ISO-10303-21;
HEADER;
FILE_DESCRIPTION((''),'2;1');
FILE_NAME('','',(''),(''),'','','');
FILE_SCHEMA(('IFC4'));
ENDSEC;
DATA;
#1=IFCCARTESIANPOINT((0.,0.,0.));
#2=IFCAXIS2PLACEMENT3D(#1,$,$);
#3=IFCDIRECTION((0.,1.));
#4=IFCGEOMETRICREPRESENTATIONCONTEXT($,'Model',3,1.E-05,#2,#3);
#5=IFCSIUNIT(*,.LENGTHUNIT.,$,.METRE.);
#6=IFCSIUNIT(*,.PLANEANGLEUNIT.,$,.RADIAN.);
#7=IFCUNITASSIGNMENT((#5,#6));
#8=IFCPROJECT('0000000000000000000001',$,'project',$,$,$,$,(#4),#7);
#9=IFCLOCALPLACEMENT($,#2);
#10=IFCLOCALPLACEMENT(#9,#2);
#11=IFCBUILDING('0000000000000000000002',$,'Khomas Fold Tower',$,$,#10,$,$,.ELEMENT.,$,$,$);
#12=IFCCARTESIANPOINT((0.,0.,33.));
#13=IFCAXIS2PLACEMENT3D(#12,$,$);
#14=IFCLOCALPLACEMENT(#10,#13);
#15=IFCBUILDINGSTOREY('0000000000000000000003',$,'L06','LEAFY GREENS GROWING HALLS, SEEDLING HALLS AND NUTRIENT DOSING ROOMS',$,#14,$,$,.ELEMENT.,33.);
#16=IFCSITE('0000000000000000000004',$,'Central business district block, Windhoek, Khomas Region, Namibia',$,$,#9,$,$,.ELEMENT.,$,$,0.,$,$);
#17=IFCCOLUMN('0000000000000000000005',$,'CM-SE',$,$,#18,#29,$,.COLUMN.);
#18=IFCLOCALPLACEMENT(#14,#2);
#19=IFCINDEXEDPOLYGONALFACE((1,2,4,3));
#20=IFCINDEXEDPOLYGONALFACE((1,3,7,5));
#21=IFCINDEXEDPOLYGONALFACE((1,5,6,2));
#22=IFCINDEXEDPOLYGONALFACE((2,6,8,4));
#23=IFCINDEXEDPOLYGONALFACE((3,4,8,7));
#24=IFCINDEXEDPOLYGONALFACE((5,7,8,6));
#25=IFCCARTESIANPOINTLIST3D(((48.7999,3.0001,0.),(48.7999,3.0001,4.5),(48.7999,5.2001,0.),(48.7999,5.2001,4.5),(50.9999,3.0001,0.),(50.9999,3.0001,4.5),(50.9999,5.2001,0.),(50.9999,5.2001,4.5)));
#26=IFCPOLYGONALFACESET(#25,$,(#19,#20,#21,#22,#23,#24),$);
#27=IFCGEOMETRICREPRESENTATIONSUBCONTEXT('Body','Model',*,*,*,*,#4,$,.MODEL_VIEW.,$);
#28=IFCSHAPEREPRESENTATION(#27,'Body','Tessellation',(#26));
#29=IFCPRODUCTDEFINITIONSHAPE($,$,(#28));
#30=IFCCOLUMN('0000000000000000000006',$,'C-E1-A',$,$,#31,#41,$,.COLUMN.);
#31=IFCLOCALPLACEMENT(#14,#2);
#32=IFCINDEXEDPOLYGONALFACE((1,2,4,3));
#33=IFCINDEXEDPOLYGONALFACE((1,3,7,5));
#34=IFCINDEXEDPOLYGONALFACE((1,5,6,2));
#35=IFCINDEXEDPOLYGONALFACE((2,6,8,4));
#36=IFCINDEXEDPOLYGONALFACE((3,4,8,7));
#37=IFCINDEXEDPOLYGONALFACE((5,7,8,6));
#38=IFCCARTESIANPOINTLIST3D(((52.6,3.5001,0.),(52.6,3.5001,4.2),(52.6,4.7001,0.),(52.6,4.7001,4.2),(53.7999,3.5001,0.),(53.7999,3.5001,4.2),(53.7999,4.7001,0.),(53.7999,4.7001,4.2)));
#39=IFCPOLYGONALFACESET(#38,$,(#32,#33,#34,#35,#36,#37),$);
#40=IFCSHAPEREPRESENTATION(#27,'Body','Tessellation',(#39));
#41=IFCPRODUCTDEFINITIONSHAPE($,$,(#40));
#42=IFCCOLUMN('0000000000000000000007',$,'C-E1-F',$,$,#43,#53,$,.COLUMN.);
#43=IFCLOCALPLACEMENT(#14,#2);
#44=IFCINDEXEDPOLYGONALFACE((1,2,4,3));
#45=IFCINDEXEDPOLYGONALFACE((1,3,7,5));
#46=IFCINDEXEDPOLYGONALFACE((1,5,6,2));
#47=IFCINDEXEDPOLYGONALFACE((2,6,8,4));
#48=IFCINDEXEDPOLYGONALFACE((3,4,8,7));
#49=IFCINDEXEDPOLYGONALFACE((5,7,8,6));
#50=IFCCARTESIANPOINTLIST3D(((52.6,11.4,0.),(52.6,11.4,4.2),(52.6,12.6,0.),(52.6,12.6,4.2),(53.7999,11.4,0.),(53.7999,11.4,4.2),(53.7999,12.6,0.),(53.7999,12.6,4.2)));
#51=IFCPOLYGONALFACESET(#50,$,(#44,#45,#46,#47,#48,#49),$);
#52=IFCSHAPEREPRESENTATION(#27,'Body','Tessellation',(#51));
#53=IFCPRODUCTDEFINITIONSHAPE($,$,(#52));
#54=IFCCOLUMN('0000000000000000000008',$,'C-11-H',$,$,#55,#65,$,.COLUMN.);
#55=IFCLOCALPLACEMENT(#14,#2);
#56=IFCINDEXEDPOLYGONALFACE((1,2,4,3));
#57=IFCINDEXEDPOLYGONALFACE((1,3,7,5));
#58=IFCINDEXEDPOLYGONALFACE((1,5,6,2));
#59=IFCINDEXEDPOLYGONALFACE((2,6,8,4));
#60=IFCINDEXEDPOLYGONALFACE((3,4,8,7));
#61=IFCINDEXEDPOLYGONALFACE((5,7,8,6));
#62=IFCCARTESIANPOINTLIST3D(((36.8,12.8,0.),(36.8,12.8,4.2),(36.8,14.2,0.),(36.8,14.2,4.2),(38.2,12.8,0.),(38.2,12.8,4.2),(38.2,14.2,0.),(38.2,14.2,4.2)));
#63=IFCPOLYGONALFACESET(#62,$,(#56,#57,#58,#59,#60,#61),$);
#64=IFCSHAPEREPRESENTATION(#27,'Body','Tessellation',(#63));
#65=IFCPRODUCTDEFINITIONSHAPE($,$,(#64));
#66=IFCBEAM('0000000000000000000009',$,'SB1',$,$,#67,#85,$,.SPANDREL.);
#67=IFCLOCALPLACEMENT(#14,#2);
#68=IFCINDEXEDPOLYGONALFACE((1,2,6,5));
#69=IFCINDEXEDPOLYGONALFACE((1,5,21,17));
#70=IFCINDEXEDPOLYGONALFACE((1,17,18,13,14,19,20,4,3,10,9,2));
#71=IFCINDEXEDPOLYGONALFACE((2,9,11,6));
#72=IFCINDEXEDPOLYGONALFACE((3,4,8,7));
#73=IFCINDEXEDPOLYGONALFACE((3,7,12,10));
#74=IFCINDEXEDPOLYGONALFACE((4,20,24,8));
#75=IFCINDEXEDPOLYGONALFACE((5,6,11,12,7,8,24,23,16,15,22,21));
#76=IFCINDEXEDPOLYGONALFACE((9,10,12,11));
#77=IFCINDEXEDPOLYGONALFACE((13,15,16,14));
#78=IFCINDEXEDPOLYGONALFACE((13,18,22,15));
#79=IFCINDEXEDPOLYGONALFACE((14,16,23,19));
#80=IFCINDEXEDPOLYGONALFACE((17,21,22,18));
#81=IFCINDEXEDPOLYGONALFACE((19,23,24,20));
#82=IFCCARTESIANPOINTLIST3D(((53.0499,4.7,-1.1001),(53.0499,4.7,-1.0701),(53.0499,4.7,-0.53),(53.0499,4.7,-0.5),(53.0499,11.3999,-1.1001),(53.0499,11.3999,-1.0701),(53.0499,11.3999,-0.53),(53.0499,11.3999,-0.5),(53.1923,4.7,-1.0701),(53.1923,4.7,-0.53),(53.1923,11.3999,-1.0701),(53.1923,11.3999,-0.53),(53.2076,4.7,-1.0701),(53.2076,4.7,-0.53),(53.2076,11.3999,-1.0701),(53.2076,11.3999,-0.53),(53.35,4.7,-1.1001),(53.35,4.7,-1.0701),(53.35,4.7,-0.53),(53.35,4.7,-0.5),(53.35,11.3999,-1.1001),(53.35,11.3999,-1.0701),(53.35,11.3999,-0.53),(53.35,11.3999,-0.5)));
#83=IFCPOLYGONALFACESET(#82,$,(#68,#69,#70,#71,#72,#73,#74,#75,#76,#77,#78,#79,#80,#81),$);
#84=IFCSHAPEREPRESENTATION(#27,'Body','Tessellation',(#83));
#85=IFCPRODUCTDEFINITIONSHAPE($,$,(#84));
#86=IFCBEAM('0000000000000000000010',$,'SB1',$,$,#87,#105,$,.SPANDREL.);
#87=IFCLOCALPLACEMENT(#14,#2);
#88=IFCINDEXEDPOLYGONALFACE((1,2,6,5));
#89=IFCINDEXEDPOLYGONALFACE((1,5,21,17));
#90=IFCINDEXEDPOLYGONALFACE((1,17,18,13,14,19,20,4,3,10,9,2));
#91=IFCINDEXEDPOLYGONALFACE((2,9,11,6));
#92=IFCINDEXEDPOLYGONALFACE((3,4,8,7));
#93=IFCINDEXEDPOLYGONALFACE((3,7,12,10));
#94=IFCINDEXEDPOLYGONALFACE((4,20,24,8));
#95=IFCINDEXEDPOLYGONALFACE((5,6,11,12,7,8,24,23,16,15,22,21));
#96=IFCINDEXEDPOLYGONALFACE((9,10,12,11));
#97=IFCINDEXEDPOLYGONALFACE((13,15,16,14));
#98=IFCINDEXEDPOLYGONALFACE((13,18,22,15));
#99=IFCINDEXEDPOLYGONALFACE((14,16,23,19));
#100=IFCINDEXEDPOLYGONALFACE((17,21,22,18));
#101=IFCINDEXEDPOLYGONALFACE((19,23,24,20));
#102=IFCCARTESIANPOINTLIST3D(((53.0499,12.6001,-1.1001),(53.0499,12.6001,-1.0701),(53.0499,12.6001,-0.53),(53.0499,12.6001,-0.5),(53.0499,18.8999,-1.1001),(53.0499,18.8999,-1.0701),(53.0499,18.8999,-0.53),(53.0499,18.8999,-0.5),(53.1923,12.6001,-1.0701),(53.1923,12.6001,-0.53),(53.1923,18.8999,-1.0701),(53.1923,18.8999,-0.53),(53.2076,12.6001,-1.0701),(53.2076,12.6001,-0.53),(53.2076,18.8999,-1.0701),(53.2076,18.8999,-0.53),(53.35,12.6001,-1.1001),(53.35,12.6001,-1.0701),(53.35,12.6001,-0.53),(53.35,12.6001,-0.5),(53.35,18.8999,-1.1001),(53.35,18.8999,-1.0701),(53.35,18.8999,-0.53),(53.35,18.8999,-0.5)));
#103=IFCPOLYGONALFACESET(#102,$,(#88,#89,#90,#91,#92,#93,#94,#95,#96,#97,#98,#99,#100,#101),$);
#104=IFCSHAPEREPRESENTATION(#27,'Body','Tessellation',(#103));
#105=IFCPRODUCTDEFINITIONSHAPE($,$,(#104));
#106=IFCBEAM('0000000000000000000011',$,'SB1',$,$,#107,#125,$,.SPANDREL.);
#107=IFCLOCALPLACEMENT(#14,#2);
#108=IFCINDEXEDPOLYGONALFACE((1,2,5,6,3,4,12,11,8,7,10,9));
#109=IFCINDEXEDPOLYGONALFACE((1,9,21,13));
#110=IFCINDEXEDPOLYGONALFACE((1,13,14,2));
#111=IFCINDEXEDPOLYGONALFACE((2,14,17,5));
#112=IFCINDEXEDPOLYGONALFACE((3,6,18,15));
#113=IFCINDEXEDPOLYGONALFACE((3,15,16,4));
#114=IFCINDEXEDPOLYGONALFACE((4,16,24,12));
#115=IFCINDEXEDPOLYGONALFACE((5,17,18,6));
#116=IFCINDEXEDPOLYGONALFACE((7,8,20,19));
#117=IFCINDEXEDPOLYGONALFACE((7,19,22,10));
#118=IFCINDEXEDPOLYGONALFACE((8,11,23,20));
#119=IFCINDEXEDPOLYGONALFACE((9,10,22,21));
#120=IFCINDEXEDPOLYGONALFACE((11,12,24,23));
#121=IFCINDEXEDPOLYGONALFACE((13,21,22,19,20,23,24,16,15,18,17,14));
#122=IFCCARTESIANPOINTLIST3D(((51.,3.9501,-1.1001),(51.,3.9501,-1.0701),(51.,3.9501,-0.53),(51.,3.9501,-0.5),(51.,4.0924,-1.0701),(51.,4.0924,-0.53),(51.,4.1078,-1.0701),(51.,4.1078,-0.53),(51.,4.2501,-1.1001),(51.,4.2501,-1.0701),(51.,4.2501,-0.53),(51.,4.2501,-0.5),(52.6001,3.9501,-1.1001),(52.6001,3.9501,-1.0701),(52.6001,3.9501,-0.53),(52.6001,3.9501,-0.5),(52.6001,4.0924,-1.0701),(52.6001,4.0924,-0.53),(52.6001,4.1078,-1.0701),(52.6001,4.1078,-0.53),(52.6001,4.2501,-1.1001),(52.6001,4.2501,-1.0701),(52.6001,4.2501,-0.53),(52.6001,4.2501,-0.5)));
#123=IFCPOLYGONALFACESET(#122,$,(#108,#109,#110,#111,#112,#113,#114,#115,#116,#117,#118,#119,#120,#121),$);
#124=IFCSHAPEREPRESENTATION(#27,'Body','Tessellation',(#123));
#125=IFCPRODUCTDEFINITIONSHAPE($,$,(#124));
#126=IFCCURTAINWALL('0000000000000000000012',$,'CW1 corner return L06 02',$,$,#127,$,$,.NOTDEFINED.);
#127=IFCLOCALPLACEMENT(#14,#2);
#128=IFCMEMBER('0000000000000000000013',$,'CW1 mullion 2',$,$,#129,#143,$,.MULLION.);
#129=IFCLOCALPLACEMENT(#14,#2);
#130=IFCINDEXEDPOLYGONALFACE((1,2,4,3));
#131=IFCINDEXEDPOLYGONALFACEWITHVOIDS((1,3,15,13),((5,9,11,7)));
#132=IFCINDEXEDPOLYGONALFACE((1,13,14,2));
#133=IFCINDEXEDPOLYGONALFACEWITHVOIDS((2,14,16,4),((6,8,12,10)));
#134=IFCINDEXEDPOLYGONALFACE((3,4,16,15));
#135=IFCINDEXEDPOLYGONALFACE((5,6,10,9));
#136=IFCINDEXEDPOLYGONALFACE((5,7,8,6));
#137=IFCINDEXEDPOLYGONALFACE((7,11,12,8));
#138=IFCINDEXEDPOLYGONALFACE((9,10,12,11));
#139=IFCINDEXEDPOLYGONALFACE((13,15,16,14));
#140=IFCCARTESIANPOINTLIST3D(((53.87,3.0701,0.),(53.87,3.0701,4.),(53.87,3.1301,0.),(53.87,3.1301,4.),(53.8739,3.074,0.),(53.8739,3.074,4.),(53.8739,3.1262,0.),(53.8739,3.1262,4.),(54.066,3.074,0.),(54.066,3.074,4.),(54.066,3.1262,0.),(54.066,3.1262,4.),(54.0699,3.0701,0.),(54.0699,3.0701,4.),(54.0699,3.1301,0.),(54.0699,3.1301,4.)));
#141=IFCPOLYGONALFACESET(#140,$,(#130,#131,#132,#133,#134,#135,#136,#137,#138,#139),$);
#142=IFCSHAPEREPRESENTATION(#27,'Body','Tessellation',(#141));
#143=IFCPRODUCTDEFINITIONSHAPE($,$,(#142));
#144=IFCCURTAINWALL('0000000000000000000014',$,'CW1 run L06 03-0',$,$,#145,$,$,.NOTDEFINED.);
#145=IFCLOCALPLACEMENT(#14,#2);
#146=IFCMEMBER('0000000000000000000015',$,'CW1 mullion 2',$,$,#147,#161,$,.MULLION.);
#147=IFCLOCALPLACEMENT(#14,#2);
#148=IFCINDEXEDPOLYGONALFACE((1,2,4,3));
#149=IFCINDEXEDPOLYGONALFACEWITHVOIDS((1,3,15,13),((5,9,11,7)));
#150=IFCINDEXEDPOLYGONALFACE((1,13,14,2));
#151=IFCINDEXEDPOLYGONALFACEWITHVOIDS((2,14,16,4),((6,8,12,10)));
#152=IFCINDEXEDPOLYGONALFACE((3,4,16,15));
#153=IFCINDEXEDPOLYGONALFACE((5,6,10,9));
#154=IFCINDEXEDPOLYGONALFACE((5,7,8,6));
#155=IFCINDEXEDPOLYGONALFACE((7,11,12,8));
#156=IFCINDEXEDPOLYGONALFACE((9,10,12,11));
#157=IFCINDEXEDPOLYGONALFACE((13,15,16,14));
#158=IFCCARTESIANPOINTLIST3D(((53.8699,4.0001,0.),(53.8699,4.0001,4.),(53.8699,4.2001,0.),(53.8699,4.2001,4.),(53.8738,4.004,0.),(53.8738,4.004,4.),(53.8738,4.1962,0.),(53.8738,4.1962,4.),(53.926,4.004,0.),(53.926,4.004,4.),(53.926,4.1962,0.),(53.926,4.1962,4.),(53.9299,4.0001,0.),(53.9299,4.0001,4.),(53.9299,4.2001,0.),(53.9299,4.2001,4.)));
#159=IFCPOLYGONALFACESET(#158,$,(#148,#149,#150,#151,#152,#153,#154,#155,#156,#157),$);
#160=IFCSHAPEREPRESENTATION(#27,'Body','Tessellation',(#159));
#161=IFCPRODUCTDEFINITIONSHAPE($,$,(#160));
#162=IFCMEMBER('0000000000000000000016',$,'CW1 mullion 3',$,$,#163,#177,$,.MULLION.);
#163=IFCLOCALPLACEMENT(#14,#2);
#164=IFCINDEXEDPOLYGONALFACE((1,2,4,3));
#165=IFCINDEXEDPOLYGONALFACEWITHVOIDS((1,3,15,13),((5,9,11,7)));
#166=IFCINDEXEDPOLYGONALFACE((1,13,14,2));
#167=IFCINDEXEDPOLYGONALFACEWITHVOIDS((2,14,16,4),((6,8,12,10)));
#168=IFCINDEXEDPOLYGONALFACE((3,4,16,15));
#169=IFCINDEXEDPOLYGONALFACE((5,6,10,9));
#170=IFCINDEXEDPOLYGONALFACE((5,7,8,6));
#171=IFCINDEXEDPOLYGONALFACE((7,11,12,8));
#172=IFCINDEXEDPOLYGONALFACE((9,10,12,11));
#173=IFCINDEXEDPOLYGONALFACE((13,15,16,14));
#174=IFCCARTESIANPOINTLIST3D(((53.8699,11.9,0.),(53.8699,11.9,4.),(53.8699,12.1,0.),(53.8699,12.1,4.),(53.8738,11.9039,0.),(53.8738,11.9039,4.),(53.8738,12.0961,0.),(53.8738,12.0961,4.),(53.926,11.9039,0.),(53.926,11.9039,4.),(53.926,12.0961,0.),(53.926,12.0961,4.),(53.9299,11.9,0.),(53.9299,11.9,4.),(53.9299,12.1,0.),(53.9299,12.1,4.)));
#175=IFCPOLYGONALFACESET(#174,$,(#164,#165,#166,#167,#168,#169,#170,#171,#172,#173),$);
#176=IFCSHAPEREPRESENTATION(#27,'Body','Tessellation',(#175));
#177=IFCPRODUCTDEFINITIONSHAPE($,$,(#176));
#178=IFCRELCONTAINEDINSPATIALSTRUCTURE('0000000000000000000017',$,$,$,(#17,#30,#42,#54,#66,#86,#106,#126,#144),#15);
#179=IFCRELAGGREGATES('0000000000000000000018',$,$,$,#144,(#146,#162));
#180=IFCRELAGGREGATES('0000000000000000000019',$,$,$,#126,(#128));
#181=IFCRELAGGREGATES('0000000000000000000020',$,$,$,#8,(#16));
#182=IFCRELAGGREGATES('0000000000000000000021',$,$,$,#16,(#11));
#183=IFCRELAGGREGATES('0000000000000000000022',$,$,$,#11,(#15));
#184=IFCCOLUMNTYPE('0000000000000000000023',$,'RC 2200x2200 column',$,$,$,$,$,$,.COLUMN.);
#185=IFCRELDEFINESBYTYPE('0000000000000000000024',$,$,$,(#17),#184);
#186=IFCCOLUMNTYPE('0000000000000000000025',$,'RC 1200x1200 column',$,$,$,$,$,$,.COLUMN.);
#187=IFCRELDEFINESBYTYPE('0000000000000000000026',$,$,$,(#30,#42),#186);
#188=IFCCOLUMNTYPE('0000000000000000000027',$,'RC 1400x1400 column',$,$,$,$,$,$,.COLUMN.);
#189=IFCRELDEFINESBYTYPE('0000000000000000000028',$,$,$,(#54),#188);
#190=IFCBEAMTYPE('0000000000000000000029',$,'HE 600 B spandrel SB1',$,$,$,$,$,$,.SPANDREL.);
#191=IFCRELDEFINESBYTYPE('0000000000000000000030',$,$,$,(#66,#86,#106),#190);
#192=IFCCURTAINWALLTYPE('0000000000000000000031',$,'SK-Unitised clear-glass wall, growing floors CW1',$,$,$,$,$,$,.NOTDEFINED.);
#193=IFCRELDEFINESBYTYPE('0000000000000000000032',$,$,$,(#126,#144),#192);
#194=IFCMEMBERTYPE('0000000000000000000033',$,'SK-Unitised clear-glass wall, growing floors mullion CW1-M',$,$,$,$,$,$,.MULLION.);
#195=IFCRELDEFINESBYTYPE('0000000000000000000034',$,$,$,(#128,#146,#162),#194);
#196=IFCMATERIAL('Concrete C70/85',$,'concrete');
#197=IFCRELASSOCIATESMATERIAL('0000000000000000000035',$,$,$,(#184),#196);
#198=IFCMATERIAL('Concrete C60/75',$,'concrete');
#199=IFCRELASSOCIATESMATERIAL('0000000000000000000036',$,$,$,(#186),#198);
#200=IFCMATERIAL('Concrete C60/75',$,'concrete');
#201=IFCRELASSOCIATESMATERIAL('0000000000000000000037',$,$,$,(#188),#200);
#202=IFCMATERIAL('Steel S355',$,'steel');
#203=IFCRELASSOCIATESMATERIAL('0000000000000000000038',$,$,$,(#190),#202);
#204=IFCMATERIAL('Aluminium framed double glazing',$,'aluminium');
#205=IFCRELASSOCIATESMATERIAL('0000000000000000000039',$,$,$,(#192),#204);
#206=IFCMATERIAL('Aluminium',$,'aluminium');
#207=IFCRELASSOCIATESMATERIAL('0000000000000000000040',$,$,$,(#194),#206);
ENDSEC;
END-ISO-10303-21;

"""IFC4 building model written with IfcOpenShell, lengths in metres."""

from ifc_helpers import new_model, si_unit, direction, frame, origin, origin_2d, place, context, subcontext, project, spatial, rectangle, hollow_rectangle, i_section, extrude, source, transform, mapped, material, material_profile, profile_set, type_object, element, aggregate, save


model = new_model("IFC4")

# Units and contexts
model_context = context("Model", 3, precision=1e-05, world=origin(), true_north=direction((0.0, 1.0)))
body_context = subcontext(model_context, "Body", "Model", "MODEL_VIEW")
ifc_project = project(units=[si_unit("LENGTHUNIT", "METRE"), si_unit("PLANEANGLEUNIT", "RADIAN")], contexts=[model_context])

# Site, building, storey
site_placement = place(None, origin())
site = spatial("IfcSite", under=ifc_project, at=site_placement, Name="Central business district block, Windhoek, Khomas Region, Namibia", CompositionType="ELEMENT", RefElevation=0.0)
building_placement = place(site_placement, origin())
building = spatial("IfcBuilding", under=site, at=building_placement, Name="Khomas Fold Tower", CompositionType="ELEMENT")
storey_placement = place(building_placement, frame((0.0, 0.0, 33.0)))
storey = spatial("IfcBuildingStorey", under=building, at=storey_placement, Name="L06", Description="LEAFY GREENS GROWING HALLS, SEEDLING HALLS AND NUTRIENT DOSING ROOMS", CompositionType="ELEMENT", Elevation=33.0)

# Columns
ifc_material_1 = material(Name="Concrete C70/85", Category="concrete")
ifc_material_profile_1 = material_profile(ifc_material_1, rectangle(XDim=2.2, YDim=2.2, at=origin_2d()), Name="RC 2200x2200")
ifc_profile_set_1 = profile_set([ifc_material_profile_1], Name="Concrete C70/85")
column_type_1 = type_object("IfcColumnType", Name="RC 2200x2200 column", PredefinedType="COLUMN", material=ifc_profile_set_1)
shared_shape_1 = source(origin(), body_context, "Body", "SweptSolid", [
    extrude(rectangle(XDim=2.2, YDim=2.2, at=origin_2d()), origin(), (0.0, 0.0, 1.0), 4.5),
])
column_1_placement = place(storey_placement, frame((49.8999, 4.1001, 0.0), z_axis=(0.0, 0.0, 1.0), x_axis=(1.0, 0.0, 0.0)))
element("IfcColumn", 1, at=column_1_placement, inside=storey, type_object=column_type_1, Name="CM-SE", PredefinedType="COLUMN", context=body_context, shape_type="MappedRepresentation", body=[
    mapped(shared_shape_1, transform((0.0, 0.0, 0.0))),
])
ifc_material_2 = material(Name="Concrete C60/75", Category="concrete")
ifc_material_profile_2 = material_profile(ifc_material_2, rectangle(XDim=1.2, YDim=1.2, at=origin_2d()), Name="RC 1200x1200")
ifc_profile_set_2 = profile_set([ifc_material_profile_2], Name="Concrete C60/75")
column_type_2 = type_object("IfcColumnType", Name="RC 1200x1200 column", PredefinedType="COLUMN", material=ifc_profile_set_2)
shared_shape_2 = source(origin(), body_context, "Body", "SweptSolid", [
    extrude(rectangle(XDim=1.2, YDim=1.2, at=origin_2d()), origin(), (0.0, 0.0, 1.0), 4.2),
])
for number, where, z_axis, x_axis, name in (
    (2, (53.2, 4.1001, 0.0), (0.0, 0.0, 1.0), (1.0, 0.0, 0.0), "C-E1-A"),
    (3, (53.2, 12.0, 0.0), (0.0, 0.0, 1.0), (1.0, 0.0, 0.0), "C-E1-F"),
):
    element("IfcColumn", number, at=place(storey_placement, frame(where, z_axis=z_axis, x_axis=x_axis)), inside=storey, type_object=column_type_2, Name=name, PredefinedType="COLUMN", context=body_context, shape_type="MappedRepresentation", body=[
        mapped(shared_shape_2, transform((0.0, 0.0, 0.0))),
    ])
ifc_material_3 = material(Name="Concrete C60/75", Category="concrete")
ifc_material_profile_3 = material_profile(ifc_material_3, rectangle(XDim=1.3999, YDim=1.3999, at=origin_2d()), Name="RC 1400x1400")
ifc_profile_set_3 = profile_set([ifc_material_profile_3], Name="Concrete C60/75")
column_type_3 = type_object("IfcColumnType", Name="RC 1400x1400 column", PredefinedType="COLUMN", material=ifc_profile_set_3)
shared_shape_3 = source(origin(), body_context, "Body", "SweptSolid", [
    extrude(rectangle(XDim=1.3999, YDim=1.3999, at=origin_2d()), origin(), (0.0, 0.0, 1.0), 4.2),
])
column_2_placement = place(storey_placement, frame((37.5, 13.5, 0.0), z_axis=(0.0, 0.0, 1.0), x_axis=(1.0, 0.0, 0.0)))
element("IfcColumn", 4, at=column_2_placement, inside=storey, type_object=column_type_3, Name="C-11-H", PredefinedType="COLUMN", context=body_context, shape_type="MappedRepresentation", body=[
    mapped(shared_shape_3, transform((0.0, 0.0, 0.0))),
])

# Beams
ifc_material_4 = material(Name="Steel S355", Category="steel")
ifc_material_profile_4 = material_profile(ifc_material_4, i_section(OverallWidth=0.3, OverallDepth=0.6001, WebThickness=0.0154, FlangeThickness=0.03, at=origin_2d()), Name="HE 600 B")
ifc_profile_set_4 = profile_set([ifc_material_profile_4], Name="Steel S355")
beam_type = type_object("IfcBeamType", Name="HE 600 B spandrel SB1", PredefinedType="SPANDREL", material=ifc_profile_set_4)
shared_shape_4 = source(origin(), body_context, "Body", "SweptSolid", [
    extrude(i_section(OverallWidth=0.3, OverallDepth=0.6001, WebThickness=0.0154, FlangeThickness=0.03, at=origin_2d()), origin(), (0.0, 0.0, 1.0), 6.7),
])
beam_1_placement = place(storey_placement, frame((53.2, 4.7, -0.8), z_axis=(0.0, 1.0, 0.0), x_axis=(-1.0, 0.0, 0.0)))
element("IfcBeam", 5, at=beam_1_placement, inside=storey, type_object=beam_type, Name="SB1", PredefinedType="SPANDREL", context=body_context, shape_type="MappedRepresentation", body=[
    mapped(shared_shape_4, transform((0.0, 0.0, 0.0))),
])
shared_shape_5 = source(origin(), body_context, "Body", "SweptSolid", [
    extrude(i_section(OverallWidth=0.3, OverallDepth=0.6001, WebThickness=0.0154, FlangeThickness=0.03, at=origin_2d()), origin(), (0.0, 0.0, 1.0), 6.2998),
])
beam_2_placement = place(storey_placement, frame((53.2, 12.6001, -0.8), z_axis=(0.0, 1.0, 0.0), x_axis=(-1.0, 0.0, 0.0)))
element("IfcBeam", 6, at=beam_2_placement, inside=storey, type_object=beam_type, Name="SB1", PredefinedType="SPANDREL", context=body_context, shape_type="MappedRepresentation", body=[
    mapped(shared_shape_5, transform((0.0, 0.0, 0.0))),
])
shared_shape_6 = source(origin(), body_context, "Body", "SweptSolid", [
    extrude(i_section(OverallWidth=0.3, OverallDepth=0.6001, WebThickness=0.0154, FlangeThickness=0.03, at=origin_2d()), origin(), (0.0, 0.0, 1.0), 1.6001),
])
beam_3_placement = place(storey_placement, frame((51.0, 4.1001, -0.8), z_axis=(1.0, 0.0, 0.0), x_axis=(0.0, 1.0, 0.0)))
element("IfcBeam", 7, at=beam_3_placement, inside=storey, type_object=beam_type, Name="SB1", PredefinedType="SPANDREL", context=body_context, shape_type="MappedRepresentation", body=[
    mapped(shared_shape_6, transform((0.0, 0.0, 0.0))),
])

# Curtain wall, member
ifc_material_5 = material(Name="Aluminium framed double glazing", Category="aluminium")
curtain_wall_type = type_object("IfcCurtainWallType", Name="SK-Unitised clear-glass wall, growing floors CW1", PredefinedType="NOTDEFINED", material=ifc_material_5)
curtain_wall_1_placement = place(storey_placement, origin())
curtain_wall_1 = element("IfcCurtainWall", 8, at=curtain_wall_1_placement, inside=storey, type_object=curtain_wall_type, Name="CW1 corner return L06 02", PredefinedType="NOTDEFINED")
ifc_material_6 = material(Name="Aluminium", Category="aluminium")
ifc_material_profile_5 = material_profile(ifc_material_6, hollow_rectangle(XDim=0.0601, YDim=0.2, WallThickness=0.0039, at=origin_2d()), Name="SK-Unitised clear-glass wall, growing floors mullion CW1-M")
ifc_profile_set_5 = profile_set([ifc_material_profile_5], Name="Aluminium")
member_type_1 = type_object("IfcMemberType", Name="SK-Unitised clear-glass wall, growing floors mullion CW1-M", PredefinedType="MULLION", material=ifc_profile_set_5)
shared_shape_7 = source(origin(), body_context, "Body", "SweptSolid", [
    extrude(hollow_rectangle(XDim=0.0601, YDim=0.2, WallThickness=0.0039, at=origin_2d()), origin(), (0.0, 0.0, 1.0), 4.0),
])
member_1_placement = place(storey_placement, frame((53.97, 3.1001, 0.0), z_axis=(0.0, 0.0, 1.0), x_axis=(0.0, 1.0, 0.0)))
member_1 = element("IfcMember", 9, at=member_1_placement, type_object=member_type_1, Name="CW1 mullion 2", PredefinedType="MULLION", context=body_context, shape_type="MappedRepresentation", body=[
    mapped(shared_shape_7, transform((0.0, 0.0, 0.0))),
])

# Curtain wall, members
curtain_wall_2_placement = place(storey_placement, origin())
curtain_wall_2 = element("IfcCurtainWall", 10, at=curtain_wall_2_placement, inside=storey, type_object=curtain_wall_type, Name="CW1 run L06 03-0", PredefinedType="NOTDEFINED")
member_2_placement = place(storey_placement, frame((53.8999, 4.1001, 0.0), z_axis=(0.0, 0.0, 1.0), x_axis=(-1.0, 0.0, 0.0)))
member_2 = element("IfcMember", 11, at=member_2_placement, type_object=member_type_1, Name="CW1 mullion 2", PredefinedType="MULLION", context=body_context, shape_type="MappedRepresentation", body=[
    mapped(shared_shape_7, transform((0.0, 0.0, 0.0))),
])
member_3_placement = place(storey_placement, frame((53.8999, 12.0, 0.0), z_axis=(0.0, 0.0, 1.0), x_axis=(-1.0, 0.0, 0.0)))
member_3 = element("IfcMember", 12, at=member_3_placement, type_object=member_type_1, Name="CW1 mullion 3", PredefinedType="MULLION", context=body_context, shape_type="MappedRepresentation", body=[
    mapped(shared_shape_7, transform((0.0, 0.0, 0.0))),
])

aggregate(curtain_wall_2, [member_2, member_3])
aggregate(curtain_wall_1, [member_1])

save(model, "model.ifc")
